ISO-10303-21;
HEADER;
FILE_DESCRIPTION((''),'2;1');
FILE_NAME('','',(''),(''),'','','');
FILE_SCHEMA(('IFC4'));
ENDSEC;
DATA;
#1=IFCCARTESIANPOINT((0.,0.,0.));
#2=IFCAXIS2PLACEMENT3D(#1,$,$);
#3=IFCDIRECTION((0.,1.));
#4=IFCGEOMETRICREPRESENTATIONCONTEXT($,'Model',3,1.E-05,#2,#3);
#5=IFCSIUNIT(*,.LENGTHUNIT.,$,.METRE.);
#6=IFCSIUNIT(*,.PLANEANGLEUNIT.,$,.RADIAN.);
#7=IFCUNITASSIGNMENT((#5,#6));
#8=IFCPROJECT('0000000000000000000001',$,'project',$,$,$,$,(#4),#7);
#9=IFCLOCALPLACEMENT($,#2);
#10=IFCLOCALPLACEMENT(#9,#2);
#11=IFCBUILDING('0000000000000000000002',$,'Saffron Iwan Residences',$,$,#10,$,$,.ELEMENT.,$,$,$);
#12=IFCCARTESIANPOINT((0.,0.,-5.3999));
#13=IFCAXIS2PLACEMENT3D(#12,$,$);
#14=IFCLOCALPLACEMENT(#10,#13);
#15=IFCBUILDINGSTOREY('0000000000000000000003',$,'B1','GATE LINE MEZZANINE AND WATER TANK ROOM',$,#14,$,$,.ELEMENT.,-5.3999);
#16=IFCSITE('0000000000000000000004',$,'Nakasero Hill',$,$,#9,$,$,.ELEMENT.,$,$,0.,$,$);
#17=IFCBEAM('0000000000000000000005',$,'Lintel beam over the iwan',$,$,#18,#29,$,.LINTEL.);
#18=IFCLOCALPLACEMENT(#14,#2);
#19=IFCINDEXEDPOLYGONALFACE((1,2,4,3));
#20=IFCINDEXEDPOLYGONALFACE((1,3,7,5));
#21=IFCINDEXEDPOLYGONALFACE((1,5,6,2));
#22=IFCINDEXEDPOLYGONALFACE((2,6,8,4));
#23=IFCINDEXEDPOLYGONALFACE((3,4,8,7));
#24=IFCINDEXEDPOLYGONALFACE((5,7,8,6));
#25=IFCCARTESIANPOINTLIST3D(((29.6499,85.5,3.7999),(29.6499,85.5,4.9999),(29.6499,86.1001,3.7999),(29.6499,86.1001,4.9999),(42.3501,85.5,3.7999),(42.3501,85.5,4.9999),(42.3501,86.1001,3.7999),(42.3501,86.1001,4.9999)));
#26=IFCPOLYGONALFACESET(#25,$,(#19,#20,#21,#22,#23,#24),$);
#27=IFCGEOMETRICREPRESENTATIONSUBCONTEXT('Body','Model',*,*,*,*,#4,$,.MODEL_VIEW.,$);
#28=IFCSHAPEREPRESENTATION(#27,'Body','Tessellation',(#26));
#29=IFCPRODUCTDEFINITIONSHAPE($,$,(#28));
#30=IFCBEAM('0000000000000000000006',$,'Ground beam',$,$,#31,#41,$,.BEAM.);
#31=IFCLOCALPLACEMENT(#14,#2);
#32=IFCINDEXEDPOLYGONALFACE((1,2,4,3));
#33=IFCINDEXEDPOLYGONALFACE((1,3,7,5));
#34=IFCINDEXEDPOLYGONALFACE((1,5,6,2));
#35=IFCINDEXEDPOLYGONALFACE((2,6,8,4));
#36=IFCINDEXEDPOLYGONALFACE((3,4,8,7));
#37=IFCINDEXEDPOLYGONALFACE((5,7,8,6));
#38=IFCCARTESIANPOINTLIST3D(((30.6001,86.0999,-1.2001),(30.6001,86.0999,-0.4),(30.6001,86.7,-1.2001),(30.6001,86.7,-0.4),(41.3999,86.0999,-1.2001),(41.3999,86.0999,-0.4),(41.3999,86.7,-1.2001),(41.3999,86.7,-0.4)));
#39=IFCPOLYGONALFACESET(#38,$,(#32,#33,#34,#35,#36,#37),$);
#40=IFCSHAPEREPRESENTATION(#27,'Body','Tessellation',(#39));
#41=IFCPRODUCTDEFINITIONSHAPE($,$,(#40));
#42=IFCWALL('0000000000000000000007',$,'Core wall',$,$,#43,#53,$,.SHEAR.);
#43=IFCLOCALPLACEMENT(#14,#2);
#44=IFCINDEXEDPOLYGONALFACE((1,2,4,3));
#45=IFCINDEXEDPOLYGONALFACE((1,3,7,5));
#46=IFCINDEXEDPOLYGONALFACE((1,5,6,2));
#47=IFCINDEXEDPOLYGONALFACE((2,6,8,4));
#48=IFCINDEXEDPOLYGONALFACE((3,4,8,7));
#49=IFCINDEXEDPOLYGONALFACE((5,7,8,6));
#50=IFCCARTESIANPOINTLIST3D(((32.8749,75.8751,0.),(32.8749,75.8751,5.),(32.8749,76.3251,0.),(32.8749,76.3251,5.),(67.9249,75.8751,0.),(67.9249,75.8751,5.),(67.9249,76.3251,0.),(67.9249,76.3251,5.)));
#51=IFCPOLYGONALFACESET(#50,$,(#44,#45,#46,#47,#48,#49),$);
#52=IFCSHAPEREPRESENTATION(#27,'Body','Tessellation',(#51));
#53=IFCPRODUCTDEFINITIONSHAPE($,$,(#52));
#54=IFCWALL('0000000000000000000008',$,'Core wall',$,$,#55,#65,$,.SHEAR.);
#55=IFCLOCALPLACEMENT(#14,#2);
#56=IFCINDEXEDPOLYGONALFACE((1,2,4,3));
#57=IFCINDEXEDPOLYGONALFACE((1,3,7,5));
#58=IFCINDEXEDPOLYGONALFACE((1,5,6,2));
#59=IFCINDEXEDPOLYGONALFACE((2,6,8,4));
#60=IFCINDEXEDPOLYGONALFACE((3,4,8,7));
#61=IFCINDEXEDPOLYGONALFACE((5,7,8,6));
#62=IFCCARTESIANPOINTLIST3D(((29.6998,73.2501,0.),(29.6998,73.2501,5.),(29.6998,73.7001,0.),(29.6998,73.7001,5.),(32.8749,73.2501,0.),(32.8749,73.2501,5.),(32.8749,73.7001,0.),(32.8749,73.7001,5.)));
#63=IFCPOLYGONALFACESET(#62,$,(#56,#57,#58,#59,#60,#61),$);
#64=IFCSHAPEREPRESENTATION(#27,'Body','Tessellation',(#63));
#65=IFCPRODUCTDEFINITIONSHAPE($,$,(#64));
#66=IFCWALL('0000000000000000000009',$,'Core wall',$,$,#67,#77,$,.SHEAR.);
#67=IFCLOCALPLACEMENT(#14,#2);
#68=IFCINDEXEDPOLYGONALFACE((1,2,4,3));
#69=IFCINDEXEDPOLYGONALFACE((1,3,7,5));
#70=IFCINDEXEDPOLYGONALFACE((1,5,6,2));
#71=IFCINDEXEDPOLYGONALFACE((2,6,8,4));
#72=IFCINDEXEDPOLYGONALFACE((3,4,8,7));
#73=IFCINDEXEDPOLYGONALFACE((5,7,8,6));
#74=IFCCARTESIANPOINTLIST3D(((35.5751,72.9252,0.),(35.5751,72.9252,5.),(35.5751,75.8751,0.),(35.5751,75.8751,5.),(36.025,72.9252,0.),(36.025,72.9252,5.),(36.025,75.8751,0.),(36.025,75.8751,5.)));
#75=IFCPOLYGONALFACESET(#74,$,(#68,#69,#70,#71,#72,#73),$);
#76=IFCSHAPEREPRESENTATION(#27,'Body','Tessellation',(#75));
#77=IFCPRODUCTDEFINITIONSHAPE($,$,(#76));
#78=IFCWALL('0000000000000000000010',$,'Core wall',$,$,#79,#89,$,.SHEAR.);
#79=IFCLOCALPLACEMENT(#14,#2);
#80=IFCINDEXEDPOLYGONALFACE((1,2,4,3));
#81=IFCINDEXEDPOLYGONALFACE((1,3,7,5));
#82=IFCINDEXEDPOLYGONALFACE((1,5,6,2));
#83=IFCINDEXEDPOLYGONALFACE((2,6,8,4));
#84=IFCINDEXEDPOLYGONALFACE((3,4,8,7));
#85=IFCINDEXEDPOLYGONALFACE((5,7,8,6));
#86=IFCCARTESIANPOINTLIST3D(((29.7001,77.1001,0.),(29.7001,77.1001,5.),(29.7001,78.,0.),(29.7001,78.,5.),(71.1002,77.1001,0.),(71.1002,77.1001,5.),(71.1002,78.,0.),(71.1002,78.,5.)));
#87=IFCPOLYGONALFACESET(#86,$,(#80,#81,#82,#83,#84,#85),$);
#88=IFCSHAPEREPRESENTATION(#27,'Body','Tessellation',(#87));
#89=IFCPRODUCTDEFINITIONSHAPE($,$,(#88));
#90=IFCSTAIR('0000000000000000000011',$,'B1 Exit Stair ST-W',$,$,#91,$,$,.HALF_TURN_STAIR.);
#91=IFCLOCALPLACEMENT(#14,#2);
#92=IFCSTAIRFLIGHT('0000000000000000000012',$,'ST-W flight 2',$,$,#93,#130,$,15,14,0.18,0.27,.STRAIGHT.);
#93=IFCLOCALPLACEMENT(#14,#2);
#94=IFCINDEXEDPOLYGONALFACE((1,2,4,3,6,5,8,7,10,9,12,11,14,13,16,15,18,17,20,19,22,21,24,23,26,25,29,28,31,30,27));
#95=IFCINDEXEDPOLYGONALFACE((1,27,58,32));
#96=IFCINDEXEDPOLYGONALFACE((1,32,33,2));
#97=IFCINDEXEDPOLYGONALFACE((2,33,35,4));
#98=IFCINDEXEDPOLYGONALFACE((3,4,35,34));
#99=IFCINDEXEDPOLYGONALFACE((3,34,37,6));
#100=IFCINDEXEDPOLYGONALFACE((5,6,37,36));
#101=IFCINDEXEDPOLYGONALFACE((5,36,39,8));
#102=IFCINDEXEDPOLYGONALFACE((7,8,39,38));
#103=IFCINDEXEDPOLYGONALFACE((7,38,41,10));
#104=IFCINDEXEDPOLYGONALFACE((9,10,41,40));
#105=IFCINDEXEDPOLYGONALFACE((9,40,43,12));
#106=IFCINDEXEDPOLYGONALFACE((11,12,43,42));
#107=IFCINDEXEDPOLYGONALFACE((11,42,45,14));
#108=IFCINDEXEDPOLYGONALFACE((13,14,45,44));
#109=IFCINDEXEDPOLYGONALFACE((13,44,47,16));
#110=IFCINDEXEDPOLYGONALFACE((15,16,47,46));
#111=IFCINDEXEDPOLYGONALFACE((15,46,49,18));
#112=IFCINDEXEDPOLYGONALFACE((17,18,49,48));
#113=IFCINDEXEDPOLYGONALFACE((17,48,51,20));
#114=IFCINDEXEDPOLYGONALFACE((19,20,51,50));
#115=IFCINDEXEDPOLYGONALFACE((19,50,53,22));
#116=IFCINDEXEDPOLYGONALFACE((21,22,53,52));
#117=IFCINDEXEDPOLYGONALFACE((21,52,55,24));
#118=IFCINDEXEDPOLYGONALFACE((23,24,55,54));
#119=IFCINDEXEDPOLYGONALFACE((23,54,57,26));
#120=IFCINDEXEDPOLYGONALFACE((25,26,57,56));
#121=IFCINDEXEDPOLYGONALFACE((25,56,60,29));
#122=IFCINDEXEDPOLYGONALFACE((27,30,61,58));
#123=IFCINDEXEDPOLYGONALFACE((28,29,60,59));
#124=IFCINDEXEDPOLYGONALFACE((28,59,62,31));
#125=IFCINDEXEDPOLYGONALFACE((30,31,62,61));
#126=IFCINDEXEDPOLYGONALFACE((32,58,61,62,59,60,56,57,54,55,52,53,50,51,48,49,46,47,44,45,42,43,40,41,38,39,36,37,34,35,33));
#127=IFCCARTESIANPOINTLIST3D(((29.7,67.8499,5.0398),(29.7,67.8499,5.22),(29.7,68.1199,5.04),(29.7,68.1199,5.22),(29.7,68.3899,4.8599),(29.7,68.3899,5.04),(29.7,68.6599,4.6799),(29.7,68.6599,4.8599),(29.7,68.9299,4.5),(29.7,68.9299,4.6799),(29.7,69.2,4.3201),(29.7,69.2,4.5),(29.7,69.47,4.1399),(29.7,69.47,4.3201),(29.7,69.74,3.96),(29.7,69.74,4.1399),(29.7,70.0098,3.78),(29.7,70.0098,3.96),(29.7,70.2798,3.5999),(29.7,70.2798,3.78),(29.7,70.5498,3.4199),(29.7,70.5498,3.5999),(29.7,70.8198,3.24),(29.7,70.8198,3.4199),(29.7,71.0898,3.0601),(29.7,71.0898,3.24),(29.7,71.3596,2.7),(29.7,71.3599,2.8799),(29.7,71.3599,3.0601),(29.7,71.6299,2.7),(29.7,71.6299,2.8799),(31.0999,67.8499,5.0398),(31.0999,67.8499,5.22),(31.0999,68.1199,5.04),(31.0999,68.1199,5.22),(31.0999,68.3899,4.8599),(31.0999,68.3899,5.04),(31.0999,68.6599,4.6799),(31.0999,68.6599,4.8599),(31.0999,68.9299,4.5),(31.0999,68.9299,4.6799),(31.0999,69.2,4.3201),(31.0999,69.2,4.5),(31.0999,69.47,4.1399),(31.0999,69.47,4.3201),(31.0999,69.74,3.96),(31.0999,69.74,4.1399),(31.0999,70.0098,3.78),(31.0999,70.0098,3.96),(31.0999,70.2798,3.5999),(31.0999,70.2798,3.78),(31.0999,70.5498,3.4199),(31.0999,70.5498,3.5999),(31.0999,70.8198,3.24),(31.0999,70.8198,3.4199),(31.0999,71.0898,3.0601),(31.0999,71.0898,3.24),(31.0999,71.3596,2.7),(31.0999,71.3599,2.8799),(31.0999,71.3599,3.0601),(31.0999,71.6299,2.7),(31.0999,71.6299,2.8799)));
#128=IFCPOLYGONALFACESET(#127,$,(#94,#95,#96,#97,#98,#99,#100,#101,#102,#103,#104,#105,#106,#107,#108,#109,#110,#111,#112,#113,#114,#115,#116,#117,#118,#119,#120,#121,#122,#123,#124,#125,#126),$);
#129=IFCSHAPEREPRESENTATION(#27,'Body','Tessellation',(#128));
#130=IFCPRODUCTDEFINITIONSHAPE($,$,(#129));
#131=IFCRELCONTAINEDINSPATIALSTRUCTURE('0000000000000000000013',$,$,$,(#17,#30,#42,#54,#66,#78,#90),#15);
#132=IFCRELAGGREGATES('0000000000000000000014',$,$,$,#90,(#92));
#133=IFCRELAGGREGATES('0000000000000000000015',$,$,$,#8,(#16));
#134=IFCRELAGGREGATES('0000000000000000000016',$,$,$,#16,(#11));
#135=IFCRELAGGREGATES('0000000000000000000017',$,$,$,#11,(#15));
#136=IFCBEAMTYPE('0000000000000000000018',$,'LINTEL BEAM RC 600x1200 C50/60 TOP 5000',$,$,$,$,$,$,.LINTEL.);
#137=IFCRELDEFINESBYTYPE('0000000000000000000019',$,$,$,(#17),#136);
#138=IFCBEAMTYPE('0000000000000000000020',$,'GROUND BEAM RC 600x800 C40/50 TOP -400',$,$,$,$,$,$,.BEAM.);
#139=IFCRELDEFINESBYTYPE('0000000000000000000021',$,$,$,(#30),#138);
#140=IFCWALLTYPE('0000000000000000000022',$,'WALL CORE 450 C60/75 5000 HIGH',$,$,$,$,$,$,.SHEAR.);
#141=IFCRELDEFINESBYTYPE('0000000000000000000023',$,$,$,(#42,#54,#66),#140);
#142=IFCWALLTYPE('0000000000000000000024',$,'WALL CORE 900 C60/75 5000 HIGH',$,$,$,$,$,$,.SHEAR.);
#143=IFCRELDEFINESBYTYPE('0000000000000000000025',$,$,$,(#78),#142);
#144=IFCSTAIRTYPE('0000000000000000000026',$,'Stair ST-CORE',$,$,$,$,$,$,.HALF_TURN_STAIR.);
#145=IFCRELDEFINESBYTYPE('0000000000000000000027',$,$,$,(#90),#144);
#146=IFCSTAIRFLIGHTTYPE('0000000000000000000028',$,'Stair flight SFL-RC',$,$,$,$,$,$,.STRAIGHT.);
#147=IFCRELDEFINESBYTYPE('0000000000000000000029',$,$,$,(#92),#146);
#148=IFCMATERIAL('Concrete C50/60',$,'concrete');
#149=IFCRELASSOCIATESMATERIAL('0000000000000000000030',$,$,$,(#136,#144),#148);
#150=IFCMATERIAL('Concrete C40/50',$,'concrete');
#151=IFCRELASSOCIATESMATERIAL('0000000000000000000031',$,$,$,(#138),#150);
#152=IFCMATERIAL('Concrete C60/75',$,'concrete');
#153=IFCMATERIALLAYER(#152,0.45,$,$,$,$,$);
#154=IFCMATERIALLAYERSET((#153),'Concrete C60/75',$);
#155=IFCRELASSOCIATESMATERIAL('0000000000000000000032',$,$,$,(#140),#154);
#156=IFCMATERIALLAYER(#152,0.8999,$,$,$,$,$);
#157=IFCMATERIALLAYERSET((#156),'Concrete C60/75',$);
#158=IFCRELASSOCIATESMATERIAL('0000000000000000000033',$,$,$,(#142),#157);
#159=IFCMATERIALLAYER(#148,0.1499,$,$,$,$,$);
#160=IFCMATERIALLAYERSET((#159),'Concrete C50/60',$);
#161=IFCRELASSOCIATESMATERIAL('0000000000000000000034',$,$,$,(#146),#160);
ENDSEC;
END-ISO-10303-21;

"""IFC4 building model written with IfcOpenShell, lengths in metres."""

from ifc_helpers import new_model, si_unit, direction, frame, frame_2d, origin, origin_2d, place, context, subcontext, project, spatial, polyline, rectangle, outline, extrude, source, transform, mapped, material, layer, layer_set, material_profile, profile_set, type_object, element, aggregate, save


model = new_model("IFC4")

# Units and contexts
model_context = context("Model", 3, precision=1e-05, world=origin(), true_north=direction((0.0, 1.0)))
body_context = subcontext(model_context, "Body", "Model", "MODEL_VIEW")
ifc_project = project(units=[si_unit("LENGTHUNIT", "METRE"), si_unit("PLANEANGLEUNIT", "RADIAN")], contexts=[model_context])

# Site, building, storey
site_placement = place(None, origin())
site = spatial("IfcSite", under=ifc_project, at=site_placement, Name="Nakasero Hill", CompositionType="ELEMENT", RefElevation=0.0)
building_placement = place(site_placement, origin())
building = spatial("IfcBuilding", under=site, at=building_placement, Name="Saffron Iwan Residences", CompositionType="ELEMENT")
storey_placement = place(building_placement, frame((0.0, 0.0, -5.3999)))
storey = spatial("IfcBuildingStorey", under=building, at=storey_placement, Name="B1", Description="GATE LINE MEZZANINE AND WATER TANK ROOM", CompositionType="ELEMENT", Elevation=-5.3999)

# Shared definitions
ifc_material_1 = material(Name="Concrete C40/50", Category="concrete")

# Shared definitions
ifc_material_2 = material(Name="Concrete C50/60", Category="concrete")

# Beams
ifc_material_profile_1 = material_profile(ifc_material_2, rectangle(XDim=0.6001, YDim=1.2, at=origin_2d()), Name="RC 600x1200")
ifc_profile_set_1 = profile_set([ifc_material_profile_1], Name="Concrete C50/60")
beam_type_1 = type_object("IfcBeamType", Name="LINTEL BEAM RC 600x1200 C50/60 TOP 5000", PredefinedType="LINTEL", material=ifc_profile_set_1)
shared_shape_1 = source(origin(), body_context, "Body", "SweptSolid", [
    extrude(rectangle(XDim=0.6001, YDim=1.2, at=origin_2d()), origin(), (0.0, 0.0, 1.0), 12.7002),
])
beam_1_placement = place(storey_placement, frame((29.6499, 85.8, 4.3999), z_axis=(1.0, 0.0, 0.0), x_axis=(0.0, 1.0, 0.0)))
element("IfcBeam", 1, at=beam_1_placement, inside=storey, type_object=beam_type_1, Name="Lintel beam over the iwan", PredefinedType="LINTEL", context=body_context, shape_type="MappedRepresentation", body=[
    mapped(shared_shape_1, transform((0.0, 0.0, 0.0))),
])
ifc_material_profile_2 = material_profile(ifc_material_1, rectangle(XDim=0.6001, YDim=0.8, at=origin_2d()), Name="RC 600x800")
ifc_profile_set_2 = profile_set([ifc_material_profile_2], Name="Concrete C40/50")
beam_type_2 = type_object("IfcBeamType", Name="GROUND BEAM RC 600x800 C40/50 TOP -400", PredefinedType="BEAM", material=ifc_profile_set_2)
shared_shape_2 = source(origin(), body_context, "Body", "SweptSolid", [
    extrude(rectangle(XDim=0.6001, YDim=0.8, at=origin_2d()), origin(), (0.0, 0.0, 1.0), 10.7998),
])
beam_2_placement = place(storey_placement, frame((30.6001, 86.3999, -0.8), z_axis=(1.0, 0.0, 0.0), x_axis=(0.0, 1.0, 0.0)))
element("IfcBeam", 2, at=beam_2_placement, inside=storey, type_object=beam_type_2, Name="Ground beam", PredefinedType="BEAM", context=body_context, shape_type="MappedRepresentation", body=[
    mapped(shared_shape_2, transform((0.0, 0.0, 0.0))),
])

# Shared definitions
ifc_material_3 = material(Name="Concrete C60/75", Category="concrete")
ifc_layer_1 = layer(ifc_material_3, 0.45)
ifc_layer_set_1 = layer_set([ifc_layer_1], Name="Concrete C60/75")
wall_type_1 = type_object("IfcWallType", Name="WALL CORE 450 C60/75 5000 HIGH", PredefinedType="SHEAR", material=ifc_layer_set_1)

# Walls
wall_1_placement = place(storey_placement, frame((32.875, 76.1001, 0.0), z_axis=(0.0, 0.0, 1.0), x_axis=(1.0, 0.0, 0.0)))
element("IfcWall", 3, at=wall_1_placement, inside=storey, type_object=wall_type_1, Name="Core wall", PredefinedType="SHEAR", context=body_context, shape_type="SweptSolid", body=[
    extrude(rectangle(XDim=35.05, YDim=0.45, at=frame_2d((17.5249, 0.0))), origin(), (0.0, 0.0, 1.0), 5.0),
])
wall_2_placement = place(storey_placement, frame((29.7, 73.4751, 0.0), z_axis=(0.0, 0.0, 1.0), x_axis=(1.0, 0.0, 0.0)))
element("IfcWall", 4, at=wall_2_placement, inside=storey, type_object=wall_type_1, Name="Core wall", PredefinedType="SHEAR", context=body_context, shape_type="SweptSolid", body=[
    extrude(rectangle(XDim=3.175, YDim=0.45, at=frame_2d((1.5874, 0.0))), origin(), (0.0, 0.0, 1.0), 5.0),
])
wall_3_placement = place(storey_placement, frame((35.8, 72.925, 0.0), z_axis=(0.0, 0.0, 1.0), x_axis=(0.0, 1.0, 0.0)))
element("IfcWall", 5, at=wall_3_placement, inside=storey, type_object=wall_type_1, Name="Core wall", PredefinedType="SHEAR", context=body_context, shape_type="SweptSolid", body=[
    extrude(rectangle(XDim=2.95, YDim=0.45, at=frame_2d((1.4751, 0.0))), origin(), (0.0, 0.0, 1.0), 5.0),
])
ifc_layer_2 = layer(ifc_material_3, 0.8999)
ifc_layer_set_2 = layer_set([ifc_layer_2], Name="Concrete C60/75")
wall_type_2 = type_object("IfcWallType", Name="WALL CORE 900 C60/75 5000 HIGH", PredefinedType="SHEAR", material=ifc_layer_set_2)
wall_4_placement = place(storey_placement, frame((29.7, 77.55, 0.0), z_axis=(0.0, 0.0, 1.0), x_axis=(1.0, 0.0, 0.0)))
element("IfcWall", 6, at=wall_4_placement, inside=storey, type_object=wall_type_2, Name="Core wall", PredefinedType="SHEAR", context=body_context, shape_type="SweptSolid", body=[
    extrude(rectangle(XDim=41.4001, YDim=0.8999, at=frame_2d((20.7002, 0.0))), origin(), (0.0, 0.0, 1.0), 5.0),
])

# Stair, stair flight
stair_type = type_object("IfcStairType", Name="Stair ST-CORE", PredefinedType="HALF_TURN_STAIR", material=ifc_material_2)
stair_placement = place(storey_placement, origin())
stair = element("IfcStair", 7, at=stair_placement, inside=storey, type_object=stair_type, Name="B1 Exit Stair ST-W", PredefinedType="HALF_TURN_STAIR")
ifc_layer_3 = layer(ifc_material_2, 0.1499)
ifc_layer_set_3 = layer_set([ifc_layer_3], Name="Concrete C50/60")
stair_flight_type = type_object("IfcStairFlightType", Name="Stair flight SFL-RC", PredefinedType="STRAIGHT", material=ifc_layer_set_3)
stair_flight_placement = place(storey_placement, frame((30.3999, 71.6299, 2.7), z_axis=(0.0, 0.0, 1.0), x_axis=(0.0, -1.0, 0.0)))
stair_flight = element("IfcStairFlight", 8, at=stair_flight_placement, type_object=stair_flight_type, Name="ST-W flight 2", NumberOfRisers=15, NumberOfTreads=14, PredefinedType="STRAIGHT", RiserHeight=0.18, TreadLength=0.27, context=body_context, shape_type="SweptSolid", body=[
    extrude(outline(polyline([(0.0, 0.0), (0.0, 0.1799), (0.27, 0.1799), (0.27, 0.3601), (0.54, 0.3601), (0.54, 0.54), (0.8101, 0.54), (0.8101, 0.72), (1.0801, 0.72), (1.0801, 0.8999), (1.3501, 0.8999), (1.3501, 1.0801), (1.6201, 1.0801), (1.6201, 1.26), (1.8899, 1.26), (1.8899, 1.4399), (2.1599, 1.4399), (2.1599, 1.6201), (2.4299, 1.6201), (2.4299, 1.8), (2.7, 1.8), (2.7, 1.98), (2.97, 1.98), (2.97, 2.1599), (3.24, 2.1599), (3.24, 2.3401), (3.51, 2.3401), (3.51, 2.52), (3.78, 2.52), (3.78, 2.7), (3.78, 2.3398), (0.2703, 0.0), (0.0, 0.0)])), frame((0.0, 0.7, 0.0), z_axis=(0.0, -1.0, 0.0), x_axis=(1.0, 0.0, 0.0)), (0.0, 0.0, 1.0), 1.3999),
])
aggregate(stair, [stair_flight])

save(model, "model.ifc")
